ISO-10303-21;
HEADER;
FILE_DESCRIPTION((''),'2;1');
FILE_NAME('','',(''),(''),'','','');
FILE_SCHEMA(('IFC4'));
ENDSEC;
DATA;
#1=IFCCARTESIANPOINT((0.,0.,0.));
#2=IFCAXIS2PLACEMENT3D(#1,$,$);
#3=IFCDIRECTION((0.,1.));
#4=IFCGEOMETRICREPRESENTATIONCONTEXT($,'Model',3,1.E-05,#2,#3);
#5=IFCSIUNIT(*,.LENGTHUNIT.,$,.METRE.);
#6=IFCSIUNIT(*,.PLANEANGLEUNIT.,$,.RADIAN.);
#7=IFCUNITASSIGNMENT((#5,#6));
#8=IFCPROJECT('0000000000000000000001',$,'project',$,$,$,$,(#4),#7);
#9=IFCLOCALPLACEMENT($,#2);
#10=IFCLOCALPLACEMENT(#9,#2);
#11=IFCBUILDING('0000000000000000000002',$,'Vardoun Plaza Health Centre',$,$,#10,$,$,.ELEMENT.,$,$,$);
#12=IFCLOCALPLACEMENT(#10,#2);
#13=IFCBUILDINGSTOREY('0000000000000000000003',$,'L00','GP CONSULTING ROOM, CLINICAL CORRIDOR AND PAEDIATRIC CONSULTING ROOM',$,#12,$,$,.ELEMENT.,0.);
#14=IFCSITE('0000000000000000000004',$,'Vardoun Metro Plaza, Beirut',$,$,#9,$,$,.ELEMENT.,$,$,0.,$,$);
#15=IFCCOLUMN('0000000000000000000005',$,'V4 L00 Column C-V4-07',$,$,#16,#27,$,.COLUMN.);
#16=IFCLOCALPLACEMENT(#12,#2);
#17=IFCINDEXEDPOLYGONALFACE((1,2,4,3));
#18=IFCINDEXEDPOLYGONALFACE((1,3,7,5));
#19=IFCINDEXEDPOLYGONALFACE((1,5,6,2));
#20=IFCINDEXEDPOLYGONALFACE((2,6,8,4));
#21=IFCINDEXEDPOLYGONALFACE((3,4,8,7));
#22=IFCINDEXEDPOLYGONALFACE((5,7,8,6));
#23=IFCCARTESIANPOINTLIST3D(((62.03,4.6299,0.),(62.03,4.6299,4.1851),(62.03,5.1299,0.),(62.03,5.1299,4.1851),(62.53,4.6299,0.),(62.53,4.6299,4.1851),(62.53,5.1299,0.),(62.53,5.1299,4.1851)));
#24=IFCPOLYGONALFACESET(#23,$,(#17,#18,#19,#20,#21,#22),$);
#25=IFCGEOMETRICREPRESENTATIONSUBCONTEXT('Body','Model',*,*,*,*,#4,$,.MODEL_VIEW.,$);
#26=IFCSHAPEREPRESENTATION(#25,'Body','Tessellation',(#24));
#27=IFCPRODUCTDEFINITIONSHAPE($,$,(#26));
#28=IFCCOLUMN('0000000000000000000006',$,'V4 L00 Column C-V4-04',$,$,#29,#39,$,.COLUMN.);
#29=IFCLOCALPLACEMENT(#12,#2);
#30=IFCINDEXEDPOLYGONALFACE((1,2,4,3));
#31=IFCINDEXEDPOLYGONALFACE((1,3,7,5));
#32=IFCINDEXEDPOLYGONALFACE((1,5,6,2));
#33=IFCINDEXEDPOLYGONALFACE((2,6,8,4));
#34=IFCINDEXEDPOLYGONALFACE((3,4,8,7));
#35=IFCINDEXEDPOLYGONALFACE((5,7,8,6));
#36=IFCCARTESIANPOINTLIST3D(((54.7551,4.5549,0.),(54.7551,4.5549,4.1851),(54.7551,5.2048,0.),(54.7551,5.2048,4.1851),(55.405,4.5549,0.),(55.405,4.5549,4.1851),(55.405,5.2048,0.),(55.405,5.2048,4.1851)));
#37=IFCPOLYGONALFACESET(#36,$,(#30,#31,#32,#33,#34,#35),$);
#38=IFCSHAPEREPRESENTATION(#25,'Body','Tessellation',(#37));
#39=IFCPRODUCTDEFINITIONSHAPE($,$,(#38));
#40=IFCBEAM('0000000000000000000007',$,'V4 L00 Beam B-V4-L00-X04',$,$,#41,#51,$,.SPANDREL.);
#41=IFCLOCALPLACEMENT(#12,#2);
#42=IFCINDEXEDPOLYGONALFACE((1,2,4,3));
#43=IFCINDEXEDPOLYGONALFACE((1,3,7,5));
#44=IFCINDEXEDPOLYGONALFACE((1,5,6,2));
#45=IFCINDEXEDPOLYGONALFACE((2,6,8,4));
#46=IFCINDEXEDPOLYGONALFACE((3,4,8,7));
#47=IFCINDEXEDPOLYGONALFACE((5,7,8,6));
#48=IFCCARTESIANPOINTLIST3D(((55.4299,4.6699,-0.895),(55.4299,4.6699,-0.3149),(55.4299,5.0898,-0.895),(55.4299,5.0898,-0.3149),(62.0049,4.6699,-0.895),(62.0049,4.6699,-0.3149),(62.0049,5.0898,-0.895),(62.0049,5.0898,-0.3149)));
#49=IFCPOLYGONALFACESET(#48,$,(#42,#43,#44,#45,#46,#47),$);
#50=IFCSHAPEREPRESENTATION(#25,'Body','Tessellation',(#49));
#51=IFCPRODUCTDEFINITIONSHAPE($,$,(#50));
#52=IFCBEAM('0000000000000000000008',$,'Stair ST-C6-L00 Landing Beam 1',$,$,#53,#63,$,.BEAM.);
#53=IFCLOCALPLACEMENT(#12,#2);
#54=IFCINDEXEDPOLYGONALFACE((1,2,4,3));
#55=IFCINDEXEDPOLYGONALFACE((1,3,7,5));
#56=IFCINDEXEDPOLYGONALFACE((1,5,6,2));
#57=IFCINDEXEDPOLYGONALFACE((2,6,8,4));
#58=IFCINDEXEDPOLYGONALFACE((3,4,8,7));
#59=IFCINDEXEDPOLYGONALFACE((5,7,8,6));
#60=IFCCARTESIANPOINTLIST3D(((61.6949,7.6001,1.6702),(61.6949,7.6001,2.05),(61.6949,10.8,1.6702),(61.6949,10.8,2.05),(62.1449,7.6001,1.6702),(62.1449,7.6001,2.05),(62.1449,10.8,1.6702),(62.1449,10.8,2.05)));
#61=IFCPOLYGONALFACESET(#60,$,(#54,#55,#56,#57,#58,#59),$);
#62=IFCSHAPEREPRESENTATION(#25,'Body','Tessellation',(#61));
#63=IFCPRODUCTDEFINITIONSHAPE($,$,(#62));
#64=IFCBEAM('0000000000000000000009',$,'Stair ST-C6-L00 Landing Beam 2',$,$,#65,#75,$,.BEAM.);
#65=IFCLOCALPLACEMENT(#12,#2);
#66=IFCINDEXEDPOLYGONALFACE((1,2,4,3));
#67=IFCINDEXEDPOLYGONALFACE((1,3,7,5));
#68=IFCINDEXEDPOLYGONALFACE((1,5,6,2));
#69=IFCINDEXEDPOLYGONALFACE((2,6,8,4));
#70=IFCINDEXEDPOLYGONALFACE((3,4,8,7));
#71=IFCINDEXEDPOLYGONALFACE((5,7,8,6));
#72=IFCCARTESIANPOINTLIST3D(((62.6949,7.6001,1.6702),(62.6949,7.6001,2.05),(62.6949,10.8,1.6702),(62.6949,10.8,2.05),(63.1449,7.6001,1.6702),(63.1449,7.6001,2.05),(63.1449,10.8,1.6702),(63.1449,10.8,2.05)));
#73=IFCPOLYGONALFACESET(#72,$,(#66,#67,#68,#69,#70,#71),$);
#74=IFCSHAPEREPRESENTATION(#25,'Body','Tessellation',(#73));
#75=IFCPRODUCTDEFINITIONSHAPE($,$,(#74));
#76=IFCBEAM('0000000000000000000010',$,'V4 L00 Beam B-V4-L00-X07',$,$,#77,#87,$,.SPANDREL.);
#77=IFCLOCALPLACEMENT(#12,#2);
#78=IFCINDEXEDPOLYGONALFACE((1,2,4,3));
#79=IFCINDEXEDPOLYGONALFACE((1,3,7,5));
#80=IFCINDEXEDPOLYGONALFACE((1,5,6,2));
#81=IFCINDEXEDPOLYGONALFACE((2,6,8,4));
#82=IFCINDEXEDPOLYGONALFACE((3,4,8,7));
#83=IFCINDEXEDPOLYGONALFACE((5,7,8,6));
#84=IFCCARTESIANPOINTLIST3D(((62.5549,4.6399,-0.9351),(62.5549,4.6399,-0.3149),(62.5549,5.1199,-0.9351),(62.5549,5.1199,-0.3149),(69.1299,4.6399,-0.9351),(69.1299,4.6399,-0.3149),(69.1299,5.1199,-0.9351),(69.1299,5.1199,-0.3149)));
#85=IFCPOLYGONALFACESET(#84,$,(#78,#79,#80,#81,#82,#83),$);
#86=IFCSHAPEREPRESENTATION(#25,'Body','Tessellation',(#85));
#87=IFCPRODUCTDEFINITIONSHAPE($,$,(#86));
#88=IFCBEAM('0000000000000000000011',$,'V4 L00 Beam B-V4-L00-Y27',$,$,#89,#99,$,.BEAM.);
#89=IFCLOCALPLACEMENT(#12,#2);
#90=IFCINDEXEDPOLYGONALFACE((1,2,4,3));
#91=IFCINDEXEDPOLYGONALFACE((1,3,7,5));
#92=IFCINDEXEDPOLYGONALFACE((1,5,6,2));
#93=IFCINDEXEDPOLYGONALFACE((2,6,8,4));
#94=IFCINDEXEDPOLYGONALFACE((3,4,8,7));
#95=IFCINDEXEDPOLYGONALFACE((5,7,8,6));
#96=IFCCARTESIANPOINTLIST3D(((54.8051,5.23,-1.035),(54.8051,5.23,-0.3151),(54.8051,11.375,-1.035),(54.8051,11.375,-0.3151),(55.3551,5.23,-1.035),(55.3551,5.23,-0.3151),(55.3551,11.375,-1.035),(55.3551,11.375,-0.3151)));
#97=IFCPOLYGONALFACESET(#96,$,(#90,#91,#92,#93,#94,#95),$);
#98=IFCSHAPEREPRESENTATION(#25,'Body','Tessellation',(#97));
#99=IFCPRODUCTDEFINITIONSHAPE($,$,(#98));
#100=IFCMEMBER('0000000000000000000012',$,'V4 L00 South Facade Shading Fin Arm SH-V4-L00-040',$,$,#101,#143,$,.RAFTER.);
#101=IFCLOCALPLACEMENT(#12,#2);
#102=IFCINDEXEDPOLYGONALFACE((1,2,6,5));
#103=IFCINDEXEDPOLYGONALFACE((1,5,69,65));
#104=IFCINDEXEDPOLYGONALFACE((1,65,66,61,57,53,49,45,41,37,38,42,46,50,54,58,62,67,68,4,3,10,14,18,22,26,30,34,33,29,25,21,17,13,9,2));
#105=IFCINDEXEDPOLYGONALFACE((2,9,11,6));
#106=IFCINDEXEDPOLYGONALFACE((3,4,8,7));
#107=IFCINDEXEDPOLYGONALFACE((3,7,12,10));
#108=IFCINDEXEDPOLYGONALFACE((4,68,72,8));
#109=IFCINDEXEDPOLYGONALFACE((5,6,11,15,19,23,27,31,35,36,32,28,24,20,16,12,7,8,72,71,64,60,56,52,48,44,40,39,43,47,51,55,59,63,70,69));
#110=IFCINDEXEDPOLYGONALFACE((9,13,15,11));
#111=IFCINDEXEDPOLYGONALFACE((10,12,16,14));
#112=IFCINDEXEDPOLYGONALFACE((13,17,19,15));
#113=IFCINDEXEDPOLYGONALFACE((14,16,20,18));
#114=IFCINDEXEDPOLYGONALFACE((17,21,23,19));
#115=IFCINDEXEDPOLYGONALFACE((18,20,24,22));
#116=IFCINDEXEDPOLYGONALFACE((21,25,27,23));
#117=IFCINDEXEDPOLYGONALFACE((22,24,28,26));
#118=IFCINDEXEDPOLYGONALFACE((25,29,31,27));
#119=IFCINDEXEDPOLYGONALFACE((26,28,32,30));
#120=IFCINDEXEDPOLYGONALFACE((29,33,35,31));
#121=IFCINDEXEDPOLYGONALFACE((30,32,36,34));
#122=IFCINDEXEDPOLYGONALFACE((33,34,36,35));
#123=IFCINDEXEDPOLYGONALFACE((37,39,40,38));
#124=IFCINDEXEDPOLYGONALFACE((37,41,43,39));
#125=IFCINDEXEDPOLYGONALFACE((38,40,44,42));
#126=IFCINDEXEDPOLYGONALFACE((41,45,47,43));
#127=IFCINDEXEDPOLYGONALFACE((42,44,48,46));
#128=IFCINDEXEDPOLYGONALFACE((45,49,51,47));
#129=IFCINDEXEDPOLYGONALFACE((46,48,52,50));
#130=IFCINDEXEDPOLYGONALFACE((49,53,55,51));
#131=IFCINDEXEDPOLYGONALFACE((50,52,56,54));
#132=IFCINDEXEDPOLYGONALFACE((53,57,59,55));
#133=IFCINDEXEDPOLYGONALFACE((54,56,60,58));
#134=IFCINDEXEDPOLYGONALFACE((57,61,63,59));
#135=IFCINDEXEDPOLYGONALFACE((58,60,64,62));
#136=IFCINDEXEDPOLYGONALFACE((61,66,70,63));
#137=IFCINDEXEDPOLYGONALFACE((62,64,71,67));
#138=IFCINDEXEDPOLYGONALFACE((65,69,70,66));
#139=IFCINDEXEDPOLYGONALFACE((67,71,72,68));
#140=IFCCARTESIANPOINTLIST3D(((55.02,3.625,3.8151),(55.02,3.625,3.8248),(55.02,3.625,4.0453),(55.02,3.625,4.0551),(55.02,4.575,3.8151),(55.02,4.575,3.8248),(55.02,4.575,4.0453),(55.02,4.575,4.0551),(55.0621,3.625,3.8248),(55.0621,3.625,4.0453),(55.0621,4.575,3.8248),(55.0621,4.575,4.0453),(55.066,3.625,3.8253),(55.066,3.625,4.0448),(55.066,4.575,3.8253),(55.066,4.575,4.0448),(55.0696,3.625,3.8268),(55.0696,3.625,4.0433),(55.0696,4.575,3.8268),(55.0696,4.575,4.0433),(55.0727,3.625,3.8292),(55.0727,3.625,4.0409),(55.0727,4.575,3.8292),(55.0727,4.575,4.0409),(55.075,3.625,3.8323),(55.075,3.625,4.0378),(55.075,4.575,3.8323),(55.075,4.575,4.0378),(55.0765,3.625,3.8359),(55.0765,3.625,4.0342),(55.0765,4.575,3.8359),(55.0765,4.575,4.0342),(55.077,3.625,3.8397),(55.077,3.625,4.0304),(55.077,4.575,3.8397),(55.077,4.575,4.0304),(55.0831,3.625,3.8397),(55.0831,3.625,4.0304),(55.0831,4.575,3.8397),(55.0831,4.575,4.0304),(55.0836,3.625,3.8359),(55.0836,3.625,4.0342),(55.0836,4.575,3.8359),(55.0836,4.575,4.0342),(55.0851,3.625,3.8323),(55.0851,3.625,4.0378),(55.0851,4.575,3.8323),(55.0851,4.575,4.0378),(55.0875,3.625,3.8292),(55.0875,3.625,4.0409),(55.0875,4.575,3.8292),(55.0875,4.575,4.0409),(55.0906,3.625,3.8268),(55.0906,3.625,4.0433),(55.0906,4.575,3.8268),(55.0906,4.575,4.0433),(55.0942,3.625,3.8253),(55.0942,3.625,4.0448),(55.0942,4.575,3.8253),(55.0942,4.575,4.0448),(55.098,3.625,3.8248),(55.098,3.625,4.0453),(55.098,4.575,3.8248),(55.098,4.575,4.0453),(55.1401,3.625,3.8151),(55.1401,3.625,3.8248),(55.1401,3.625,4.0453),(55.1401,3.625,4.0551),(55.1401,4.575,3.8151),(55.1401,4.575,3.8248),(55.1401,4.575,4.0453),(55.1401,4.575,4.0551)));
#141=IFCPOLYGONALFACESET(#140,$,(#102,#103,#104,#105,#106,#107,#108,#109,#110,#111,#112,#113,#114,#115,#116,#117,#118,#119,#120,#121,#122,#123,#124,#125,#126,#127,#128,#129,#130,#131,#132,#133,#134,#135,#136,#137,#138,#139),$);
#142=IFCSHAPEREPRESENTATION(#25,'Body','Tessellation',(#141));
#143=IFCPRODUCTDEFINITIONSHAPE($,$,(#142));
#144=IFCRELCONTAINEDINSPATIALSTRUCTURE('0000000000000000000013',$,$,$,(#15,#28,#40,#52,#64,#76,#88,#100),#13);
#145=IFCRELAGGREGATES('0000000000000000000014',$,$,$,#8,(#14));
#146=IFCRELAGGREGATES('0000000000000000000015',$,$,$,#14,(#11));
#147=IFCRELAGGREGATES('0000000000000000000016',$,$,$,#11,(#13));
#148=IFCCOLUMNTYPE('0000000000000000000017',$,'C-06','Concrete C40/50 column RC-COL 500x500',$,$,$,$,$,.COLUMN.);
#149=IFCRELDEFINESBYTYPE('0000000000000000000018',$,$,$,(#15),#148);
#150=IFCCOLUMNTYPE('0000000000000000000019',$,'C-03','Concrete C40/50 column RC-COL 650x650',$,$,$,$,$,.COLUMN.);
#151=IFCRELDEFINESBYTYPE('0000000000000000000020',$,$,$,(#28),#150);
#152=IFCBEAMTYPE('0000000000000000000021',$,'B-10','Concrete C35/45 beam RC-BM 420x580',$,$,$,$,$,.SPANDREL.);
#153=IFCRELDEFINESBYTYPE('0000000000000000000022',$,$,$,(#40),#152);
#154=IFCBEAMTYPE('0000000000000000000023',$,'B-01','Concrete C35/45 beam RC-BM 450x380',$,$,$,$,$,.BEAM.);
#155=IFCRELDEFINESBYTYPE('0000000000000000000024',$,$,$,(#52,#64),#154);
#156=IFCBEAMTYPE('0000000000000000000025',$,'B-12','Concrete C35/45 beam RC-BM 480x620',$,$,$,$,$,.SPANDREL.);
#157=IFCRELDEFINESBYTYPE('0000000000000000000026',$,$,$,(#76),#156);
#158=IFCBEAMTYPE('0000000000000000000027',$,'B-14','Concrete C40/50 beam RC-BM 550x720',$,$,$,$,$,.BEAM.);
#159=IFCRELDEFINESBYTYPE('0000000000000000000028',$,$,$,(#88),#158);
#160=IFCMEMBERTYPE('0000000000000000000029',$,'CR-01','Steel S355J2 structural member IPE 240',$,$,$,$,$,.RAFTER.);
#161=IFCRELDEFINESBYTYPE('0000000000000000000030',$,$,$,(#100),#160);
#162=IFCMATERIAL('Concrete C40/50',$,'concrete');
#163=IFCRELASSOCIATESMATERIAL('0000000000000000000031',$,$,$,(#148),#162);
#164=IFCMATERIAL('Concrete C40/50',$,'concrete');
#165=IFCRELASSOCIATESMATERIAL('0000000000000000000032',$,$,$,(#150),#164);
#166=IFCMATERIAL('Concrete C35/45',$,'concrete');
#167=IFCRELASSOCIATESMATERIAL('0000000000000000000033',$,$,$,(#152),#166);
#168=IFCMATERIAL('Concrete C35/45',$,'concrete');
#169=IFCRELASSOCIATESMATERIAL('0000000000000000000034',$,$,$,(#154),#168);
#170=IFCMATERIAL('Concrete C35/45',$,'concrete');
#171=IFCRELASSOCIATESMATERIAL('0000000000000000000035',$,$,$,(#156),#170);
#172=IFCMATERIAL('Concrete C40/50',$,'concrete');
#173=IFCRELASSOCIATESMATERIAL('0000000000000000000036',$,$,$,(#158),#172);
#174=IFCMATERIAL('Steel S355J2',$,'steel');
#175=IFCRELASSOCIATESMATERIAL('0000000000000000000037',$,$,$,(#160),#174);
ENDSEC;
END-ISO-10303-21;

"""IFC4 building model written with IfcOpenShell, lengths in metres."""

from ifc_helpers import new_model, si_unit, direction, frame, origin, origin_2d, place, context, subcontext, project, spatial, rectangle, i_section, extrude, material, material_profile, profile_set, type_object, element, save


model = new_model("IFC4")

# Units and contexts
model_context = context("Model", 3, precision=1e-05, world=origin(), true_north=direction((0.0, 1.0)))
body_context = subcontext(model_context, "Body", "Model", "MODEL_VIEW")
ifc_project = project(units=[si_unit("LENGTHUNIT", "METRE"), si_unit("PLANEANGLEUNIT", "RADIAN")], contexts=[model_context])

# Site, building, storey
site_placement = place(None, origin())
site = spatial("IfcSite", under=ifc_project, at=site_placement, Name="Vardoun Metro Plaza, Beirut", CompositionType="ELEMENT", RefElevation=0.0)
building_placement = place(site_placement, origin())
building = spatial("IfcBuilding", under=site, at=building_placement, Name="Vardoun Plaza Health Centre", CompositionType="ELEMENT")
storey_placement = place(building_placement, origin())
storey = spatial("IfcBuildingStorey", under=building, at=storey_placement, Name="L00", Description="GP CONSULTING ROOM, CLINICAL CORRIDOR AND PAEDIATRIC CONSULTING ROOM", CompositionType="ELEMENT", Elevation=0.0)

# Columns
ifc_material_1 = material(Name="Concrete C40/50", Category="concrete")
ifc_material_profile_1 = material_profile(ifc_material_1, rectangle(XDim=0.5, YDim=0.5, at=origin_2d()), Name="RC-COL 500x500")
ifc_profile_set_1 = profile_set([ifc_material_profile_1], Name="Concrete C40/50")
column_type_1 = type_object("IfcColumnType", Name="C-06", Description="Concrete C40/50 column RC-COL 500x500", PredefinedType="COLUMN", material=ifc_profile_set_1)
column_1_placement = place(storey_placement, frame((62.28, 4.8799, 0.0), z_axis=(0.0, 0.0, 1.0), x_axis=(1.0, 0.0, 0.0)))
element("IfcColumn", 1, at=column_1_placement, inside=storey, type_object=column_type_1, Name="V4 L00 Column C-V4-07", PredefinedType="COLUMN", context=body_context, shape_type="SweptSolid", body=[
    extrude(rectangle(XDim=0.5, YDim=0.5, at=origin_2d()), origin(), (0.0, 0.0, 1.0), 4.1851),
])
ifc_material_2 = material(Name="Concrete C40/50", Category="concrete")
ifc_material_profile_2 = material_profile(ifc_material_2, rectangle(XDim=0.6499, YDim=0.6499, at=origin_2d()), Name="RC-COL 650x650")
ifc_profile_set_2 = profile_set([ifc_material_profile_2], Name="Concrete C40/50")
column_type_2 = type_object("IfcColumnType", Name="C-03", Description="Concrete C40/50 column RC-COL 650x650", PredefinedType="COLUMN", material=ifc_profile_set_2)
column_2_placement = place(storey_placement, frame((55.0801, 4.8799, 0.0), z_axis=(0.0, 0.0, 1.0), x_axis=(1.0, 0.0, 0.0)))
element("IfcColumn", 2, at=column_2_placement, inside=storey, type_object=column_type_2, Name="V4 L00 Column C-V4-04", PredefinedType="COLUMN", context=body_context, shape_type="SweptSolid", body=[
    extrude(rectangle(XDim=0.6499, YDim=0.6499, at=origin_2d()), origin(), (0.0, 0.0, 1.0), 4.1851),
])

# Beams
ifc_material_3 = material(Name="Concrete C35/45", Category="concrete")
ifc_material_profile_3 = material_profile(ifc_material_3, rectangle(XDim=0.4199, YDim=0.5801, at=origin_2d()), Name="RC-BM 420x580")
ifc_profile_set_3 = profile_set([ifc_material_profile_3], Name="Concrete C35/45")
beam_type_1 = type_object("IfcBeamType", Name="B-10", Description="Concrete C35/45 beam RC-BM 420x580", PredefinedType="SPANDREL", material=ifc_profile_set_3)
beam_1_placement = place(storey_placement, frame((55.4299, 4.8799, -0.605), z_axis=(1.0, 0.0, 0.0), x_axis=(0.0, 1.0, 0.0)))
element("IfcBeam", 3, at=beam_1_placement, inside=storey, type_object=beam_type_1, Name="V4 L00 Beam B-V4-L00-X04", PredefinedType="SPANDREL", context=body_context, shape_type="SweptSolid", body=[
    extrude(rectangle(XDim=0.4199, YDim=0.5801, at=origin_2d()), origin(), (0.0, 0.0, 1.0), 6.575),
])
ifc_material_4 = material(Name="Concrete C35/45", Category="concrete")
ifc_material_profile_4 = material_profile(ifc_material_4, rectangle(XDim=0.45, YDim=0.3799, at=origin_2d()), Name="RC-BM 450x380")
ifc_profile_set_4 = profile_set([ifc_material_profile_4], Name="Concrete C35/45")
beam_type_2 = type_object("IfcBeamType", Name="B-01", Description="Concrete C35/45 beam RC-BM 450x380", PredefinedType="BEAM", material=ifc_profile_set_4)
for number, where, z_axis, x_axis, name in (
    (4, (61.9199, 7.6001, 1.8601), (0.0, 1.0, 0.0), (-1.0, 0.0, 0.0), "Stair ST-C6-L00 Landing Beam 1"),
    (5, (62.9199, 7.6001, 1.8601), (0.0, 1.0, 0.0), (-1.0, 0.0, 0.0), "Stair ST-C6-L00 Landing Beam 2"),
):
    element("IfcBeam", number, at=place(storey_placement, frame(where, z_axis=z_axis, x_axis=x_axis)), inside=storey, type_object=beam_type_2, Name=name, PredefinedType="BEAM", context=body_context, shape_type="SweptSolid", body=[
        extrude(rectangle(XDim=0.45, YDim=0.3799, at=origin_2d()), origin(), (0.0, 0.0, 1.0), 3.2),
    ])
ifc_material_5 = material(Name="Concrete C35/45", Category="concrete")
ifc_material_profile_5 = material_profile(ifc_material_5, rectangle(XDim=0.48, YDim=0.6201, at=origin_2d()), Name="RC-BM 480x620")
ifc_profile_set_5 = profile_set([ifc_material_profile_5], Name="Concrete C35/45")
beam_type_3 = type_object("IfcBeamType", Name="B-12", Description="Concrete C35/45 beam RC-BM 480x620", PredefinedType="SPANDREL", material=ifc_profile_set_5)
beam_2_placement = place(storey_placement, frame((62.5549, 4.8799, -0.625), z_axis=(1.0, 0.0, 0.0), x_axis=(0.0, 1.0, 0.0)))
element("IfcBeam", 6, at=beam_2_placement, inside=storey, type_object=beam_type_3, Name="V4 L00 Beam B-V4-L00-X07", PredefinedType="SPANDREL", context=body_context, shape_type="SweptSolid", body=[
    extrude(rectangle(XDim=0.48, YDim=0.6201, at=origin_2d()), origin(), (0.0, 0.0, 1.0), 6.575),
])
ifc_material_6 = material(Name="Concrete C40/50", Category="concrete")
ifc_material_profile_6 = material_profile(ifc_material_6, rectangle(XDim=0.55, YDim=0.72, at=origin_2d()), Name="RC-BM 550x720")
ifc_profile_set_6 = profile_set([ifc_material_profile_6], Name="Concrete C40/50")
beam_type_4 = type_object("IfcBeamType", Name="B-14", Description="Concrete C40/50 beam RC-BM 550x720", PredefinedType="BEAM", material=ifc_profile_set_6)
beam_3_placement = place(storey_placement, frame((55.0801, 5.23, -0.675), z_axis=(0.0, 1.0, 0.0), x_axis=(-1.0, 0.0, 0.0)))
element("IfcBeam", 7, at=beam_3_placement, inside=storey, type_object=beam_type_4, Name="V4 L00 Beam B-V4-L00-Y27", PredefinedType="BEAM", context=body_context, shape_type="SweptSolid", body=[
    extrude(rectangle(XDim=0.55, YDim=0.72, at=origin_2d()), origin(), (0.0, 0.0, 1.0), 6.145),
])

# Member
ifc_material_7 = material(Name="Steel S355J2", Category="steel")
ifc_material_profile_7 = material_profile(ifc_material_7, i_section(OverallWidth=0.1201, OverallDepth=0.24, WebThickness=0.0061, FlangeThickness=0.0098, FilletRadius=0.0149, at=origin_2d()), Name="IPE 240")
ifc_profile_set_7 = profile_set([ifc_material_profile_7], Name="Steel S355J2")
member_type_1 = type_object("IfcMemberType", Name="CR-01", Description="Steel S355J2 structural member IPE 240", PredefinedType="RAFTER", material=ifc_profile_set_7)
member_1_placement = place(storey_placement, frame((55.0801, 4.575, 3.9351), z_axis=(0.0, -1.0, 0.0), x_axis=(1.0, 0.0, 0.0)))
element("IfcMember", 8, at=member_1_placement, inside=storey, type_object=member_type_1, Name="V4 L00 South Facade Shading Fin Arm SH-V4-L00-040", PredefinedType="RAFTER", context=body_context, shape_type="SweptSolid", body=[
    extrude(i_section(OverallWidth=0.1201, OverallDepth=0.24, WebThickness=0.0061, FlangeThickness=0.0098, FilletRadius=0.0149, at=origin_2d()), origin(), (0.0, 0.0, 1.0), 0.95),
])

save(model, "model.ifc")
